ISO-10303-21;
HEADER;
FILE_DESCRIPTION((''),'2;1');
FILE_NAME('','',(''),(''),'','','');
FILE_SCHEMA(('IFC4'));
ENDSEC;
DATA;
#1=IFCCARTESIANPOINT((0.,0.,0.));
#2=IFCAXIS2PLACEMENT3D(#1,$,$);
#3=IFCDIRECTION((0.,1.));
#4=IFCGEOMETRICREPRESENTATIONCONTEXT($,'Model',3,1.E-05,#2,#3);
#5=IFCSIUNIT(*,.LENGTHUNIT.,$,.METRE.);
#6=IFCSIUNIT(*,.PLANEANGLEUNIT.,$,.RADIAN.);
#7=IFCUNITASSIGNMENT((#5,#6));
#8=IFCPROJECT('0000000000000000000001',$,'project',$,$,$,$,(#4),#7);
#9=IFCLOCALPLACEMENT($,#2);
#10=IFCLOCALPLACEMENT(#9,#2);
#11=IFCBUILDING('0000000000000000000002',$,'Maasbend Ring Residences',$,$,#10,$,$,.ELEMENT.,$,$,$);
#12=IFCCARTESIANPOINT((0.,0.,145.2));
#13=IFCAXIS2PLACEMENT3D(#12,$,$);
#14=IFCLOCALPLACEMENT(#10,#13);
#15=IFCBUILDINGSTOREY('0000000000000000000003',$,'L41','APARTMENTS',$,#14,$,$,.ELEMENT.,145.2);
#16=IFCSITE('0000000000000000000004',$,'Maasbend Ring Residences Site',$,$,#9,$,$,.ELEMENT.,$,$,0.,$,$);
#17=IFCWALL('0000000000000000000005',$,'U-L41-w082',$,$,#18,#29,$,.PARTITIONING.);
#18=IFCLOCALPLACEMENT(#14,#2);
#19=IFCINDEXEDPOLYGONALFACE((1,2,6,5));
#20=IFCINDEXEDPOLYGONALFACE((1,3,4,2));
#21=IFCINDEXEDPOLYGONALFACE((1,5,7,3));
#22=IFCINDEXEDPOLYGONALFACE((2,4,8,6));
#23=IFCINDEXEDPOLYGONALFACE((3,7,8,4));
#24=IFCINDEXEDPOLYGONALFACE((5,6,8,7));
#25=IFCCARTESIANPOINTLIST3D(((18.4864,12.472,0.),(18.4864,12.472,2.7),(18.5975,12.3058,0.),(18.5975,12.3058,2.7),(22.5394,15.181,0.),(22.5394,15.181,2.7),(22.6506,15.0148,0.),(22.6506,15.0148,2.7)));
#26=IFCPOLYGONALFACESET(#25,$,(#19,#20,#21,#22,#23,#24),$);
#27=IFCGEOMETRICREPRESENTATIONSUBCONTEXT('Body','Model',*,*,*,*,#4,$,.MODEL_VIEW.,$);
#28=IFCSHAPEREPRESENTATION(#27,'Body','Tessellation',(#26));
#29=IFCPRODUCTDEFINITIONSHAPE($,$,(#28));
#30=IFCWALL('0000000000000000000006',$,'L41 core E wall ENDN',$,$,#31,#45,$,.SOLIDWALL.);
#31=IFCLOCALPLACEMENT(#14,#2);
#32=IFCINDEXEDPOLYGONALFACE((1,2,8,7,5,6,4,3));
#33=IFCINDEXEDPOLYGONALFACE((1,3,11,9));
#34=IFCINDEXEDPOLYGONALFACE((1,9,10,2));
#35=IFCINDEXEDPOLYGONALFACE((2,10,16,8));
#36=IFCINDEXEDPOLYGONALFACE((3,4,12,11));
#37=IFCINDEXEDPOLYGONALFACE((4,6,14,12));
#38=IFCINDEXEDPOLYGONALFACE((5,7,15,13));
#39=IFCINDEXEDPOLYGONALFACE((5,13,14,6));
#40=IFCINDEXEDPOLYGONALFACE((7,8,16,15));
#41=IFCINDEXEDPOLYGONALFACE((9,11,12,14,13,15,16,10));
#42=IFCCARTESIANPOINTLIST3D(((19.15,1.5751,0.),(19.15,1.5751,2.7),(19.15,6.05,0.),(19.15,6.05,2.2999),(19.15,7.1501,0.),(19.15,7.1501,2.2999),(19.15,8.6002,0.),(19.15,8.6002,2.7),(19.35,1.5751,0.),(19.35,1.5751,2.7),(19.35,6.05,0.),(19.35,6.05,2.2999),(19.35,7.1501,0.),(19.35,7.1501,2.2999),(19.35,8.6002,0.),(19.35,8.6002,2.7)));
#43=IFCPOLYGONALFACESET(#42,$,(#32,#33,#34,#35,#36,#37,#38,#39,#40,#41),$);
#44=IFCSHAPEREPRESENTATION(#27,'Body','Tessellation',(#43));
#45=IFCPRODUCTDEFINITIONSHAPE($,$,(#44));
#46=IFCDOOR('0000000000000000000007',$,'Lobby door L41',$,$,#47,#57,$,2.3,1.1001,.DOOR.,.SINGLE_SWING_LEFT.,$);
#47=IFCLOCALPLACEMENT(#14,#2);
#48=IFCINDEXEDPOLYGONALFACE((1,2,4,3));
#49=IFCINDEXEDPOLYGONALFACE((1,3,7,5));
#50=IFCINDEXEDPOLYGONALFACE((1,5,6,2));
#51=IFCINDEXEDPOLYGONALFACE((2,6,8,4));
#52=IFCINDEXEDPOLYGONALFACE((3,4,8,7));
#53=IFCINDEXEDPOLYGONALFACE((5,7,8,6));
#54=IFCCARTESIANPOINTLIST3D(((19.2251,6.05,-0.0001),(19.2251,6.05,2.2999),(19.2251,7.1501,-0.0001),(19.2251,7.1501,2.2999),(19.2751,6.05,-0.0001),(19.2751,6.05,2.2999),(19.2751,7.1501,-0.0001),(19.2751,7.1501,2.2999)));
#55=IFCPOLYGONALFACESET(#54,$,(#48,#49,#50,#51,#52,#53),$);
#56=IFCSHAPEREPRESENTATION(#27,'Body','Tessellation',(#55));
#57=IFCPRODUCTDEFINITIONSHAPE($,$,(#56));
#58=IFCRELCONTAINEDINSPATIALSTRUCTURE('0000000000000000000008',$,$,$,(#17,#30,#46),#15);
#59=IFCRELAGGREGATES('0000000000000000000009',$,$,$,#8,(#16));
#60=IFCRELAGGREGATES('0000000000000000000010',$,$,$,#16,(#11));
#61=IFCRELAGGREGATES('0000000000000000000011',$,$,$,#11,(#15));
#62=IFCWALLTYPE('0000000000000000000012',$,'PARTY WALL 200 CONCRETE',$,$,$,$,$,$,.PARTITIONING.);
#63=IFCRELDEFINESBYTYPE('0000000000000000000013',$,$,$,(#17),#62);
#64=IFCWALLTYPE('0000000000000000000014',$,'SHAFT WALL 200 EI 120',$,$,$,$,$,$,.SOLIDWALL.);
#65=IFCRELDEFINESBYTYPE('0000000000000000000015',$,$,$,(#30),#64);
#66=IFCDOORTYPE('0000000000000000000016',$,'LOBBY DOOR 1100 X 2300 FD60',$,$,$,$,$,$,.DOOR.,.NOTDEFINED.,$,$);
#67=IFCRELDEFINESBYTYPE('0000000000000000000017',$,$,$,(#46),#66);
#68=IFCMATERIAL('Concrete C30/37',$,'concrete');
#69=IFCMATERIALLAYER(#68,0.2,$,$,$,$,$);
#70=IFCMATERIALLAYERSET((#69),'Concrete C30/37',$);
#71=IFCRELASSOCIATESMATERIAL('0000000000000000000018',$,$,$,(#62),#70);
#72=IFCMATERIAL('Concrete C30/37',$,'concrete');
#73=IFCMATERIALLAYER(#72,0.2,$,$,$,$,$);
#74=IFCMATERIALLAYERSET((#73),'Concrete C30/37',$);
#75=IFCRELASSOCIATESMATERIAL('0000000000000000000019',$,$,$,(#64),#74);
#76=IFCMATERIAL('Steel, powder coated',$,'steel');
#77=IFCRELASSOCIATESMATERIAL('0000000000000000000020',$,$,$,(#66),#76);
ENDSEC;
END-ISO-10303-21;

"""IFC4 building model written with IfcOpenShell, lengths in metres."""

from ifc_helpers import new_model, si_unit, direction, frame, frame_2d, origin, place, context, subcontext, project, spatial, rectangle, extrude, material, layer, layer_set, type_object, element, fill, save


model = new_model("IFC4")

# Units and contexts
model_context = context("Model", 3, precision=1e-05, world=origin(), true_north=direction((0.0, 1.0)))
body_context = subcontext(model_context, "Body", "Model", "MODEL_VIEW")
ifc_project = project(units=[si_unit("LENGTHUNIT", "METRE"), si_unit("PLANEANGLEUNIT", "RADIAN")], contexts=[model_context])

# Site, building, storey
site_placement = place(None, origin())
site = spatial("IfcSite", under=ifc_project, at=site_placement, Name="Maasbend Ring Residences Site", CompositionType="ELEMENT", RefElevation=0.0)
building_placement = place(site_placement, origin())
building = spatial("IfcBuilding", under=site, at=building_placement, Name="Maasbend Ring Residences", CompositionType="ELEMENT")
storey_placement = place(building_placement, frame((0.0, 0.0, 145.2)))
storey = spatial("IfcBuildingStorey", under=building, at=storey_placement, Name="L41", Description="APARTMENTS", CompositionType="ELEMENT", Elevation=145.2)

# Wall
ifc_material_1 = material(Name="Concrete C30/37", Category="concrete")
ifc_layer_1 = layer(ifc_material_1, 0.2)
ifc_layer_set_1 = layer_set([ifc_layer_1], Name="Concrete C30/37")
wall_type_1 = type_object("IfcWallType", Name="PARTY WALL 200 CONCRETE", PredefinedType="PARTITIONING", material=ifc_layer_set_1)
wall_1_placement = place(storey_placement, frame((18.542, 12.3889, 0.0), z_axis=(0.0, 0.0, 1.0), x_axis=(0.831387, 0.555694, 0.0)))
element("IfcWall", 1, at=wall_1_placement, inside=storey, type_object=wall_type_1, Name="U-L41-w082", PredefinedType="PARTITIONING", context=body_context, shape_type="SweptSolid", body=[
    extrude(rectangle(XDim=4.875, YDim=0.2, at=frame_2d((2.4375, 0.0))), origin(), (0.0, 0.0, 1.0), 2.7),
])

# Wall, opening, door
ifc_material_2 = material(Name="Concrete C30/37", Category="concrete")
ifc_layer_2 = layer(ifc_material_2, 0.2)
ifc_layer_set_2 = layer_set([ifc_layer_2], Name="Concrete C30/37")
wall_type_2 = type_object("IfcWallType", Name="SHAFT WALL 200 EI 120", PredefinedType="SOLIDWALL", material=ifc_layer_set_2)
wall_2_placement = place(storey_placement, frame((19.25, 1.575, 0.0), z_axis=(0.0, 0.0, 1.0), x_axis=(0.0, 1.0, 0.0)))
wall_2 = element("IfcWall", 2, at=wall_2_placement, inside=storey, type_object=wall_type_2, Name="L41 core E wall ENDN", PredefinedType="SOLIDWALL", context=body_context, shape_type="SweptSolid", body=[
    extrude(rectangle(XDim=7.0251, YDim=0.2, at=frame_2d((3.5127, 0.0))), origin(), (0.0, 0.0, 1.0), 2.7),
])
opening_1_placement = place(wall_2_placement, frame((4.4751, 0.0, 0.0)))
opening_1 = element("IfcOpeningElement", 3, at=opening_1_placement, cuts=wall_2, PredefinedType="OPENING", context=body_context, shape_type="SweptSolid", body=[
    extrude(rectangle(XDim=1.1001, YDim=2.3, at=frame_2d((0.55, 1.1499))), frame((0.0, 0.1099, 0.0), z_axis=(0.0, -1.0, 0.0), x_axis=(1.0, 0.0, 0.0)), (0.0, 0.0, 1.0), 0.22),
])
ifc_material_3 = material(Name="Steel, powder coated", Category="steel")
door_type_1 = type_object("IfcDoorType", Name="LOBBY DOOR 1100 X 2300 FD60", OperationType="NOTDEFINED", PredefinedType="DOOR", material=ifc_material_3)
door_1_placement = place(opening_1_placement, origin())
door_1 = element("IfcDoor", 4, at=door_1_placement, inside=storey, type_object=door_type_1, Name="Lobby door L41", OperationType="SINGLE_SWING_LEFT", OverallHeight=2.3, OverallWidth=1.1001, PredefinedType="DOOR", context=body_context, shape_type="SweptSolid", body=[
    extrude(rectangle(XDim=1.1001, YDim=2.3, at=frame_2d((0.55, 1.1499))), frame((0.0, 0.0249, 0.0), z_axis=(0.0, -1.0, 0.0), x_axis=(1.0, 0.0, 0.0)), (0.0, 0.0, 1.0), 0.05),
])
fill(opening_1, door_1)

save(model, "model.ifc")
